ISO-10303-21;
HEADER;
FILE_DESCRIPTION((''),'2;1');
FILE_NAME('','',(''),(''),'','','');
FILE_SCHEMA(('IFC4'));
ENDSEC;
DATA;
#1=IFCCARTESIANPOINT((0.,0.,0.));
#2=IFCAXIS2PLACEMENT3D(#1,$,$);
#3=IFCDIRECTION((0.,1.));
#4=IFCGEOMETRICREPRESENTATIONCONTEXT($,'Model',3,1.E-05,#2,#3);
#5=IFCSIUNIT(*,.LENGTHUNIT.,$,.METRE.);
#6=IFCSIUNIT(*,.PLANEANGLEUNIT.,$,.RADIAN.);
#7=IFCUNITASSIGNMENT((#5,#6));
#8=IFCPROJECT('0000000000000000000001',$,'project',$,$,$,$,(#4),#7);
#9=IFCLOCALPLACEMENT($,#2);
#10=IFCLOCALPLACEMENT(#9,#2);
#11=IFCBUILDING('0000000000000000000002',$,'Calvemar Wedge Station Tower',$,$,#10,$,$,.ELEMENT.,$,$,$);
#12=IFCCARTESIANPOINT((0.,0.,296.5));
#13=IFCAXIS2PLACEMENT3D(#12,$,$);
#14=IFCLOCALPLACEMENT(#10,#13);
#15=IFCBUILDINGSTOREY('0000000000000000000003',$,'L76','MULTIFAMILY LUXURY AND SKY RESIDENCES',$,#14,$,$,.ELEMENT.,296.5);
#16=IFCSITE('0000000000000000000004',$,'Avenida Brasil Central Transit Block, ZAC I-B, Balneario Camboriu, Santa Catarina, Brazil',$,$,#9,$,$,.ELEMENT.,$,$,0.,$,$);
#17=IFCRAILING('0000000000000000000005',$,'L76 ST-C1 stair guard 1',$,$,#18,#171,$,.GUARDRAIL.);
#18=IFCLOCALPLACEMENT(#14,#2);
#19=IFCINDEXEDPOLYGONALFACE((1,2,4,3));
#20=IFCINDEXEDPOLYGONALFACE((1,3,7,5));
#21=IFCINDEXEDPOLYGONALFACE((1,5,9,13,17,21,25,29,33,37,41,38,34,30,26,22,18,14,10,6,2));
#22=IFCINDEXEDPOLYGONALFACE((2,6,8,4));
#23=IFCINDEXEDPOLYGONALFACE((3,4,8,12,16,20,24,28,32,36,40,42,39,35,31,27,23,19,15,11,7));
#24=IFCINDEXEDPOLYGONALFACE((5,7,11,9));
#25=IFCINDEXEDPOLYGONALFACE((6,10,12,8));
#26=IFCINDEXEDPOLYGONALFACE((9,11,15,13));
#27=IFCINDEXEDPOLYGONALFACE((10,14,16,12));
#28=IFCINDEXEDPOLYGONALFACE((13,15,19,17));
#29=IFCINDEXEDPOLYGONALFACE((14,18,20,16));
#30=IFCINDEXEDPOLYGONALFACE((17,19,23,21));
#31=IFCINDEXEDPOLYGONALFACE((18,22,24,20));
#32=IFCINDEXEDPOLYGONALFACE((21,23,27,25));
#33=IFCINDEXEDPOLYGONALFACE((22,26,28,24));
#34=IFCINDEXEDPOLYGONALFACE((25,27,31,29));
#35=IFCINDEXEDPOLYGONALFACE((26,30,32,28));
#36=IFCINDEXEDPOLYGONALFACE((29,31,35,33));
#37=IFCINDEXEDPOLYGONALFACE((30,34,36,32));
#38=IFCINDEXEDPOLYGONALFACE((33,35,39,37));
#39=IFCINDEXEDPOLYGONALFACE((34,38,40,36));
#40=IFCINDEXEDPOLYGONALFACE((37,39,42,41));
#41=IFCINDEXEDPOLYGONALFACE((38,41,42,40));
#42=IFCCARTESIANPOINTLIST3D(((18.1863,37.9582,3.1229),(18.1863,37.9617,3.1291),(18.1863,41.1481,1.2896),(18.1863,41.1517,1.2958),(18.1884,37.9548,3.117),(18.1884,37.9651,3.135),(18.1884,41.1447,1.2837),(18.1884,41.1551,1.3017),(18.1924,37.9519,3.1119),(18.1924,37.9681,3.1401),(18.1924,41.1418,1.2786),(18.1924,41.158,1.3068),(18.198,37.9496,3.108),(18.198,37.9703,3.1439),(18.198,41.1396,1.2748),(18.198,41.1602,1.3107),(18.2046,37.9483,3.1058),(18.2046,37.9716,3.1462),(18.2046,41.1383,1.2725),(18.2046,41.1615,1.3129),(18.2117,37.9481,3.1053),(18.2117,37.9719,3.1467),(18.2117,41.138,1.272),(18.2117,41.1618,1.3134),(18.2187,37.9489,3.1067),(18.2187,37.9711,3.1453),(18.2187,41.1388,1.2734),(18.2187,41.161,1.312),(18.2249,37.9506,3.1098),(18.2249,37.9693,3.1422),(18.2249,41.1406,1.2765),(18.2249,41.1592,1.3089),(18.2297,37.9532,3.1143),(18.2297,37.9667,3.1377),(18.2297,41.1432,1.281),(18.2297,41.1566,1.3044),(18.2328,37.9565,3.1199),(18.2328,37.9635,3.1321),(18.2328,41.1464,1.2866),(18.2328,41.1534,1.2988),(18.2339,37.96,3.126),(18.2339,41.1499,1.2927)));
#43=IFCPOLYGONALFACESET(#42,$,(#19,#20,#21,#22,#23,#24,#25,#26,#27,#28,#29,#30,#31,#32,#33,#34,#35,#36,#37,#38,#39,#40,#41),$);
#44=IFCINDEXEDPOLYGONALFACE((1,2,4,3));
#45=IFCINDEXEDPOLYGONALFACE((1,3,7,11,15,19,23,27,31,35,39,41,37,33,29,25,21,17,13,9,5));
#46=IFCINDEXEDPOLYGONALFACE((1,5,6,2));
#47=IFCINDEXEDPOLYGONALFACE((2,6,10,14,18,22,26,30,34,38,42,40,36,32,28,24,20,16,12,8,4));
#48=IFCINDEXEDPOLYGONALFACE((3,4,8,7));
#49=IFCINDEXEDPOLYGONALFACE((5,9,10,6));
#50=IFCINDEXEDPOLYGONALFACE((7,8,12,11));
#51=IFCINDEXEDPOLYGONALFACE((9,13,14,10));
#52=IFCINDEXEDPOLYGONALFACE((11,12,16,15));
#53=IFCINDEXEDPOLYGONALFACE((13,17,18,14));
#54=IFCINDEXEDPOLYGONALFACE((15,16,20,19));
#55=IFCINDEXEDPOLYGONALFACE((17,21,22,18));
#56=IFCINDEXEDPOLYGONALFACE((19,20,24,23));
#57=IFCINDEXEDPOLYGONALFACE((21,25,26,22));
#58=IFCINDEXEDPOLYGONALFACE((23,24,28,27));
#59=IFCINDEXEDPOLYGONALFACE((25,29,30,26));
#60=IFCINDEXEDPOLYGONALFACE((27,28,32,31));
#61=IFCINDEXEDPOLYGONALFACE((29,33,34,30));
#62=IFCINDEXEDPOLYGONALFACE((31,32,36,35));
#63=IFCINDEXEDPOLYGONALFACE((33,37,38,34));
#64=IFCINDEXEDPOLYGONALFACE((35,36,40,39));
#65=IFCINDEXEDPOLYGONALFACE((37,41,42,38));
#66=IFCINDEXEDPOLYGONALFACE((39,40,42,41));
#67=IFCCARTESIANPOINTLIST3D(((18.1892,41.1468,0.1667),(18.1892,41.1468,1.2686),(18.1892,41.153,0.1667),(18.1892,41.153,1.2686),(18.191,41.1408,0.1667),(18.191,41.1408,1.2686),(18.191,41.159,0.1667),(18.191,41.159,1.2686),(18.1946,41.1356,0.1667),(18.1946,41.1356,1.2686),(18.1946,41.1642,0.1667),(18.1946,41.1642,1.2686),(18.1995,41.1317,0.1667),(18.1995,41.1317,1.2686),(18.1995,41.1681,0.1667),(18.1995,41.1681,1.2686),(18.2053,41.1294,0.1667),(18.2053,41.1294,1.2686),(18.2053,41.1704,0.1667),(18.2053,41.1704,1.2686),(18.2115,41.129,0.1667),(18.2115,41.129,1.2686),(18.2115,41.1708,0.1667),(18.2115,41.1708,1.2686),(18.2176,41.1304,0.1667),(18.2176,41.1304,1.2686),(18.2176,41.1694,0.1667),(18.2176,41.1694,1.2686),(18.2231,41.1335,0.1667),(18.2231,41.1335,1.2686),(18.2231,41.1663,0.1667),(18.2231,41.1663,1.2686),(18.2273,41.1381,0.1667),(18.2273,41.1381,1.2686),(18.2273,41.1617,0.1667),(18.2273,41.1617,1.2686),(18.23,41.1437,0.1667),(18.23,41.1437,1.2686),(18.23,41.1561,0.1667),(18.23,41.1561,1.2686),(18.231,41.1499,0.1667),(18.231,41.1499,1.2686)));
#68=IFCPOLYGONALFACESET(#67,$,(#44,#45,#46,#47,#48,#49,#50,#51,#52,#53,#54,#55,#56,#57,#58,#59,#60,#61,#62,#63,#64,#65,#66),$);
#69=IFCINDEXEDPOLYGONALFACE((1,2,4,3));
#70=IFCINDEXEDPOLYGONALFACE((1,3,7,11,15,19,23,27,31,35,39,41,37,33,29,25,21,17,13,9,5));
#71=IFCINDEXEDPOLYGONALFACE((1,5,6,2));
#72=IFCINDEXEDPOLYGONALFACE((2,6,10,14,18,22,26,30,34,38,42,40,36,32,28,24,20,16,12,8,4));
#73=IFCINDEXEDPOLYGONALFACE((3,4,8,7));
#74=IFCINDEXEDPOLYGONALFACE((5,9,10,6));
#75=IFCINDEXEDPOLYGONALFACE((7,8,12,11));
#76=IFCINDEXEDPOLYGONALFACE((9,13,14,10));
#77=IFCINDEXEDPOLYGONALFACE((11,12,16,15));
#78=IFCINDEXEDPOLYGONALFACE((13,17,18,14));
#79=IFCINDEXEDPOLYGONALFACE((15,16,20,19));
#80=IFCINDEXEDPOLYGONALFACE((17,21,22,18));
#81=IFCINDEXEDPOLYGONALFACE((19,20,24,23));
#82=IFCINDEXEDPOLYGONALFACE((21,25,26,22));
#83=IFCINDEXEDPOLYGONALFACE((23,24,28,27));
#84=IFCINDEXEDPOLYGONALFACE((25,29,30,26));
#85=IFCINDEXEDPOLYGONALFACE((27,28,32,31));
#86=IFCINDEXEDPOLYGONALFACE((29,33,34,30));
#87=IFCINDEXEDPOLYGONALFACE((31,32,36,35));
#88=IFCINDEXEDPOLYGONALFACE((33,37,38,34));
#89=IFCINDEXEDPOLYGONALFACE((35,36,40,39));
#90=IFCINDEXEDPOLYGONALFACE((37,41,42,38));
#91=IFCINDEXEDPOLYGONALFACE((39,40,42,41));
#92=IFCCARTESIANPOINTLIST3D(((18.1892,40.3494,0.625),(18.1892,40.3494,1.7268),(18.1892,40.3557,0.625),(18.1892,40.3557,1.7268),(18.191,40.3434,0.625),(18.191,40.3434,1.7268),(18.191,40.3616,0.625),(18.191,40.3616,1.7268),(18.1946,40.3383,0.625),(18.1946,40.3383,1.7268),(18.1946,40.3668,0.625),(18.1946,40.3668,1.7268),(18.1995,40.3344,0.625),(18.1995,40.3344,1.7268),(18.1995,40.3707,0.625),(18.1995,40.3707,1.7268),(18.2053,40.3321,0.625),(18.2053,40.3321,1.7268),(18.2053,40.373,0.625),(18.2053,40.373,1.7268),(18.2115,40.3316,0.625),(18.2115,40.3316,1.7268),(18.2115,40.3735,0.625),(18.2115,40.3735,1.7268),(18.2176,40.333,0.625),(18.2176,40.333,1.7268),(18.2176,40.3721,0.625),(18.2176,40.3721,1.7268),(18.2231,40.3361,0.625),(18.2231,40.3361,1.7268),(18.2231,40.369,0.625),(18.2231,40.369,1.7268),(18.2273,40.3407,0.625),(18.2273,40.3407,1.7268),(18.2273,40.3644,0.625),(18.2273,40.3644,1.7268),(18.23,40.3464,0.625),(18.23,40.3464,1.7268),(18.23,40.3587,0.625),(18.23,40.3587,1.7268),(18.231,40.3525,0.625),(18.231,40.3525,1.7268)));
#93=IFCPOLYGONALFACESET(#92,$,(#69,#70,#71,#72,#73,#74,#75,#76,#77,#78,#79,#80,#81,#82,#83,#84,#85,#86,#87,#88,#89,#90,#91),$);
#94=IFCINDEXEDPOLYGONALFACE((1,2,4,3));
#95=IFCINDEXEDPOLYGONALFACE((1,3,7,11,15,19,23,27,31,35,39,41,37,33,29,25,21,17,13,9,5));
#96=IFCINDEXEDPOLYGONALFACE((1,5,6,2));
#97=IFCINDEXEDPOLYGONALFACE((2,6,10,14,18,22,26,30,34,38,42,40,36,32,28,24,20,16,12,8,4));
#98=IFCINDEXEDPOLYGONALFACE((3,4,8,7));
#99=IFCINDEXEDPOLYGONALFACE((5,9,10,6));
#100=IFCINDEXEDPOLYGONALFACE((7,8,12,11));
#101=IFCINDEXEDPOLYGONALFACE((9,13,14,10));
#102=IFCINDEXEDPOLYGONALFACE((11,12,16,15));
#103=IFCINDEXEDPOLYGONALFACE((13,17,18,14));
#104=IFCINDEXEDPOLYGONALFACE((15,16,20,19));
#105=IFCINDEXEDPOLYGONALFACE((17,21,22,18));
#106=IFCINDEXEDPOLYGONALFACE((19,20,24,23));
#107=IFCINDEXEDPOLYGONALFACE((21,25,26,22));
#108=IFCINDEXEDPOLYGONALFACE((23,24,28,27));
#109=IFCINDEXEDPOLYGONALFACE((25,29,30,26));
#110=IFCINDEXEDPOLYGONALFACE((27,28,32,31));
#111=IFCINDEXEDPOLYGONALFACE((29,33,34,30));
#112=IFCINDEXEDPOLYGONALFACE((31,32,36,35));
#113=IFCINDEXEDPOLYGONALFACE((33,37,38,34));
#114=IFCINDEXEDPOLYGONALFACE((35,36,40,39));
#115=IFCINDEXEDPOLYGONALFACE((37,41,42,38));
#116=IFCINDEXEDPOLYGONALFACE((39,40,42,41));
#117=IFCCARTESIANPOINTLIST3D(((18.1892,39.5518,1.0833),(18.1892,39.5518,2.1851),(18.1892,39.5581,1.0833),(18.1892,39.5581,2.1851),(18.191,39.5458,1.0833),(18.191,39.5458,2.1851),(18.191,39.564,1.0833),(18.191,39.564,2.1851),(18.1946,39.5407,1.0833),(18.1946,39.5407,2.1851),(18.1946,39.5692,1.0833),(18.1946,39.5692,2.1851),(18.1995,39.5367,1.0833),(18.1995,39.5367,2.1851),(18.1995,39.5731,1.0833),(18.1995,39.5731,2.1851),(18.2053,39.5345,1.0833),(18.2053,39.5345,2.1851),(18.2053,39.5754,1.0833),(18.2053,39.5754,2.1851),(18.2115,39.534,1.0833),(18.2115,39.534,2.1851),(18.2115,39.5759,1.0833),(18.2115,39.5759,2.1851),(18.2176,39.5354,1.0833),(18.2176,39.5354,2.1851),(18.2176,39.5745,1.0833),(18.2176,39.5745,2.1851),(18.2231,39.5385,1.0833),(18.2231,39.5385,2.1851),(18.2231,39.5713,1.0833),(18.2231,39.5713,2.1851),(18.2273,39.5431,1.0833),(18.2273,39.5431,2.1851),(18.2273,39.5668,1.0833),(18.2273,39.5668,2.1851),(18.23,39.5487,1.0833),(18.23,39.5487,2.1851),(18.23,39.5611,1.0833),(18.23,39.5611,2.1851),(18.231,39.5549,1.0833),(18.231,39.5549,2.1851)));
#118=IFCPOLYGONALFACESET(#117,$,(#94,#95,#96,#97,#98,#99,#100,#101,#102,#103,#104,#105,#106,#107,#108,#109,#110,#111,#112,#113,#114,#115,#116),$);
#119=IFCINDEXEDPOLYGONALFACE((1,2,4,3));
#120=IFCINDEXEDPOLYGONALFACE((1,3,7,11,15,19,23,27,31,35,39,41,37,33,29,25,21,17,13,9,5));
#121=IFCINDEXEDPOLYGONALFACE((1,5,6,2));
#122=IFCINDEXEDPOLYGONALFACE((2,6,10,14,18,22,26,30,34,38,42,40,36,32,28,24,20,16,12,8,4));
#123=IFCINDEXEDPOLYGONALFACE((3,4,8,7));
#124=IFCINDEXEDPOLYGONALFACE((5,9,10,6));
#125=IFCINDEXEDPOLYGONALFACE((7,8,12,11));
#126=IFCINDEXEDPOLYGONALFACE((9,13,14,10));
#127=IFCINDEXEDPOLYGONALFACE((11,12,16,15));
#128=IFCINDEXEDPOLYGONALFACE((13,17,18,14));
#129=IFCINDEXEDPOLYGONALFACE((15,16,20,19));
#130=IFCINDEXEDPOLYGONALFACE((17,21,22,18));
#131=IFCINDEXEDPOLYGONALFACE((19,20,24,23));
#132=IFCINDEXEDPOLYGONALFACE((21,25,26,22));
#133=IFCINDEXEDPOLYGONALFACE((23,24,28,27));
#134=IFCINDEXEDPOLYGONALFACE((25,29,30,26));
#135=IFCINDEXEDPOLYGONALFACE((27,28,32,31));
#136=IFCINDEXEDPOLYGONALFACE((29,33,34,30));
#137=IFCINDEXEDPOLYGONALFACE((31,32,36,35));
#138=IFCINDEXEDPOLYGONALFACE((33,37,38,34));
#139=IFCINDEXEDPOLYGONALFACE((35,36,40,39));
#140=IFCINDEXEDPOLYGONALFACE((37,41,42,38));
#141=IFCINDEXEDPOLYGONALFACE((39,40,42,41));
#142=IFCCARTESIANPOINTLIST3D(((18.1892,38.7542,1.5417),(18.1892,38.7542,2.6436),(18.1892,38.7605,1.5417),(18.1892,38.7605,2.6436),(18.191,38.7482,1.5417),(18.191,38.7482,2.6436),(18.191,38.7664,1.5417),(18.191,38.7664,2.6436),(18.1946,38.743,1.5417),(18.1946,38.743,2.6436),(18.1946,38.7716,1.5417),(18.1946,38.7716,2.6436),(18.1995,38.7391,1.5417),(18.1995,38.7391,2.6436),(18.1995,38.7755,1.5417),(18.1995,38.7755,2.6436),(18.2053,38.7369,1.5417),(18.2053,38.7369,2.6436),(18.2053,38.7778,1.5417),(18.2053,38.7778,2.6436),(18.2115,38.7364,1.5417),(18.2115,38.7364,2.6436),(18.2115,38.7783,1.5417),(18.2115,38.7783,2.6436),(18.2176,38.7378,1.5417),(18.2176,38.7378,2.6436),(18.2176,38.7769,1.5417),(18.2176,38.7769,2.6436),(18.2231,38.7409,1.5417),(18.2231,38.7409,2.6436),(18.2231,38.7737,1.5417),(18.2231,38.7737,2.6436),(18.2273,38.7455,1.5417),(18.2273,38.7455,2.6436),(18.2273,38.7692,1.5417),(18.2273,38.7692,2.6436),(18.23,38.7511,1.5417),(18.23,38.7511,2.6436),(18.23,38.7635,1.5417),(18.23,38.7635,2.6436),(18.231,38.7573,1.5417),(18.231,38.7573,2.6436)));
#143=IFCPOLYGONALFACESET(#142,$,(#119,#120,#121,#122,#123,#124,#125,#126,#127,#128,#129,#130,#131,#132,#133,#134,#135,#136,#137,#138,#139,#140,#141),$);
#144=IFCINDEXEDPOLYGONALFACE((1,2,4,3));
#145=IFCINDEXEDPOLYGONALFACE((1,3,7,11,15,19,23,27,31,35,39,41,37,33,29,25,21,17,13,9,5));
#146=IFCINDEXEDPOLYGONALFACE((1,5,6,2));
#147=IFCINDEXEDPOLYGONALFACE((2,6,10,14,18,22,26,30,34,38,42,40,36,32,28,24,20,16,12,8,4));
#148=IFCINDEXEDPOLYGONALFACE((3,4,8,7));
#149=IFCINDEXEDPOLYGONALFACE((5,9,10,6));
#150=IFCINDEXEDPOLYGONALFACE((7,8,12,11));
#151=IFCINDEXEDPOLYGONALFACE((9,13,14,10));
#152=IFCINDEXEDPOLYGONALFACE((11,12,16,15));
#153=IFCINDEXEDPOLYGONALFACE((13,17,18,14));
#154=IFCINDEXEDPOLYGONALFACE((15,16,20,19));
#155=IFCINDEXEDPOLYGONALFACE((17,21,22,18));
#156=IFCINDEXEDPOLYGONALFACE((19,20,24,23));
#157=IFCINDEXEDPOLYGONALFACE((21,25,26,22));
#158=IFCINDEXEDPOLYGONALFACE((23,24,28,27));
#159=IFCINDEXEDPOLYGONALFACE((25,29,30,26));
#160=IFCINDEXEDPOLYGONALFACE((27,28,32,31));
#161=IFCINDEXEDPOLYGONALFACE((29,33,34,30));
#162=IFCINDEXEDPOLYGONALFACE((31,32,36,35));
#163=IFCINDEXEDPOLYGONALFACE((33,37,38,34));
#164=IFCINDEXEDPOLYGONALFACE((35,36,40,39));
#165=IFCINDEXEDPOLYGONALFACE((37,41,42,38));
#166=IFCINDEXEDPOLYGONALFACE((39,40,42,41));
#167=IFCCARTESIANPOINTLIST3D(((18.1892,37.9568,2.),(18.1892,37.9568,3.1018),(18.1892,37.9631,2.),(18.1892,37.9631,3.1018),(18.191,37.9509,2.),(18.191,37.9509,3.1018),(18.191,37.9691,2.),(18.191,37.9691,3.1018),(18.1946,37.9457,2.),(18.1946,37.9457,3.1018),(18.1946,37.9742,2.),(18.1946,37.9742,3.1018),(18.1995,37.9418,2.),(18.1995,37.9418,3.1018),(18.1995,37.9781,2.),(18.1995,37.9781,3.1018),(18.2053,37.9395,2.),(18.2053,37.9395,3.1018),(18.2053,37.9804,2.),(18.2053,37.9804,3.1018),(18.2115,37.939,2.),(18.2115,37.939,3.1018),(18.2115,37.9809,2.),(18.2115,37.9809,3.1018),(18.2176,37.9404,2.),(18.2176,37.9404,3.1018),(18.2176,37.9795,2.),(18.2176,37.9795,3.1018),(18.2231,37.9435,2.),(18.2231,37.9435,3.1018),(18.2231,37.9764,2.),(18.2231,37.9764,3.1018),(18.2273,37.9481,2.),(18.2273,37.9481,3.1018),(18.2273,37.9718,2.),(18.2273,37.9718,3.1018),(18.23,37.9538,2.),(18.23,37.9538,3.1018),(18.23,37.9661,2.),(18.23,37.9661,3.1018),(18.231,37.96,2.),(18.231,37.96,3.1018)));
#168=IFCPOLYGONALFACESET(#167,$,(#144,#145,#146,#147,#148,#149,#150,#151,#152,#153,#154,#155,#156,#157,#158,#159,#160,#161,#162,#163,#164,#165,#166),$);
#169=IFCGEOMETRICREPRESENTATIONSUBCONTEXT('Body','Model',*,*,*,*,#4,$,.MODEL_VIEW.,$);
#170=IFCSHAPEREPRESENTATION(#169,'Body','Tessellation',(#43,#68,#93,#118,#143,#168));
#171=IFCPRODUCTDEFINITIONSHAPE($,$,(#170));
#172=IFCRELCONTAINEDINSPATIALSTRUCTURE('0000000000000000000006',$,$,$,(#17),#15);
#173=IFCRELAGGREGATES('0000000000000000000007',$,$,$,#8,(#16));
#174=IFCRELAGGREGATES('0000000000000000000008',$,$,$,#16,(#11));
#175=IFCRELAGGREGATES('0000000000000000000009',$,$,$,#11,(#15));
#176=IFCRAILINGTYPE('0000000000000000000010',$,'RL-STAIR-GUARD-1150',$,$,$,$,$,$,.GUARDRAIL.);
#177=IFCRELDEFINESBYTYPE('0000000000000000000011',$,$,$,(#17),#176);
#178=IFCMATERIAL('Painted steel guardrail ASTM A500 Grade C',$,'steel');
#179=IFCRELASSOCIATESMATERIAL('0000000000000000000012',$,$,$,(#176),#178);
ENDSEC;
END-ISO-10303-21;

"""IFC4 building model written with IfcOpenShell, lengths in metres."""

from ifc_helpers import new_model, si_unit, direction, frame, origin, origin_2d, place, context, subcontext, project, spatial, circle, extrude, material, type_object, element, save


model = new_model("IFC4")

# Units and contexts
model_context = context("Model", 3, precision=1e-05, world=origin(), true_north=direction((0.0, 1.0)))
body_context = subcontext(model_context, "Body", "Model", "MODEL_VIEW")
ifc_project = project(units=[si_unit("LENGTHUNIT", "METRE"), si_unit("PLANEANGLEUNIT", "RADIAN")], contexts=[model_context])

# Site, building, storey
site_placement = place(None, origin())
site = spatial("IfcSite", under=ifc_project, at=site_placement, Name="Avenida Brasil Central Transit Block, ZAC I-B, Balneario Camboriu, Santa Catarina, Brazil", CompositionType="ELEMENT", RefElevation=0.0)
building_placement = place(site_placement, origin())
building = spatial("IfcBuilding", under=site, at=building_placement, Name="Calvemar Wedge Station Tower", CompositionType="ELEMENT")
storey_placement = place(building_placement, frame((0.0, 0.0, 296.5)))
storey = spatial("IfcBuildingStorey", under=building, at=storey_placement, Name="L76", Description="MULTIFAMILY LUXURY AND SKY RESIDENCES", CompositionType="ELEMENT", Elevation=296.5)

# Railing
ifc_material_1 = material(Name="Painted steel guardrail ASTM A500 Grade C", Category="steel")
railing_type = type_object("IfcRailingType", Name="RL-STAIR-GUARD-1150", PredefinedType="GUARDRAIL", material=ifc_material_1)
railing_1_placement = place(storey_placement, frame((18.21, 41.1499, 0.1667)))
element("IfcRailing", 1, at=railing_1_placement, inside=storey, type_object=railing_type, Name="L76 ST-C1 stair guard 1", PredefinedType="GUARDRAIL", context=body_context, shape_type="SweptSolid", body=[
    extrude(circle(Radius=0.0239, at=origin_2d()), frame((0.0, 0.0, 1.126), z_axis=(0.0, -0.86702, 0.498274), x_axis=(1.0, 0.0, 0.0)), (0.0, 0.0, 1.0), 3.6792),
    extrude(circle(Radius=0.021, at=origin_2d()), origin(), (0.0, 0.0, 1.0), 1.1018),
    extrude(circle(Radius=0.021, at=origin_2d()), frame((0.0, -0.7974, 0.4583)), (0.0, 0.0, 1.0), 1.1018),
    extrude(circle(Radius=0.021, at=origin_2d()), frame((0.0, -1.595, 0.9165)), (0.0, 0.0, 1.0), 1.1018),
    extrude(circle(Radius=0.021, at=origin_2d()), frame((0.0, -2.3926, 1.375)), (0.0, 0.0, 1.0), 1.1018),
    extrude(circle(Radius=0.021, at=origin_2d()), frame((0.0, -3.1899, 1.8333)), (0.0, 0.0, 1.0), 1.1018),
])

save(model, "model.ifc")
